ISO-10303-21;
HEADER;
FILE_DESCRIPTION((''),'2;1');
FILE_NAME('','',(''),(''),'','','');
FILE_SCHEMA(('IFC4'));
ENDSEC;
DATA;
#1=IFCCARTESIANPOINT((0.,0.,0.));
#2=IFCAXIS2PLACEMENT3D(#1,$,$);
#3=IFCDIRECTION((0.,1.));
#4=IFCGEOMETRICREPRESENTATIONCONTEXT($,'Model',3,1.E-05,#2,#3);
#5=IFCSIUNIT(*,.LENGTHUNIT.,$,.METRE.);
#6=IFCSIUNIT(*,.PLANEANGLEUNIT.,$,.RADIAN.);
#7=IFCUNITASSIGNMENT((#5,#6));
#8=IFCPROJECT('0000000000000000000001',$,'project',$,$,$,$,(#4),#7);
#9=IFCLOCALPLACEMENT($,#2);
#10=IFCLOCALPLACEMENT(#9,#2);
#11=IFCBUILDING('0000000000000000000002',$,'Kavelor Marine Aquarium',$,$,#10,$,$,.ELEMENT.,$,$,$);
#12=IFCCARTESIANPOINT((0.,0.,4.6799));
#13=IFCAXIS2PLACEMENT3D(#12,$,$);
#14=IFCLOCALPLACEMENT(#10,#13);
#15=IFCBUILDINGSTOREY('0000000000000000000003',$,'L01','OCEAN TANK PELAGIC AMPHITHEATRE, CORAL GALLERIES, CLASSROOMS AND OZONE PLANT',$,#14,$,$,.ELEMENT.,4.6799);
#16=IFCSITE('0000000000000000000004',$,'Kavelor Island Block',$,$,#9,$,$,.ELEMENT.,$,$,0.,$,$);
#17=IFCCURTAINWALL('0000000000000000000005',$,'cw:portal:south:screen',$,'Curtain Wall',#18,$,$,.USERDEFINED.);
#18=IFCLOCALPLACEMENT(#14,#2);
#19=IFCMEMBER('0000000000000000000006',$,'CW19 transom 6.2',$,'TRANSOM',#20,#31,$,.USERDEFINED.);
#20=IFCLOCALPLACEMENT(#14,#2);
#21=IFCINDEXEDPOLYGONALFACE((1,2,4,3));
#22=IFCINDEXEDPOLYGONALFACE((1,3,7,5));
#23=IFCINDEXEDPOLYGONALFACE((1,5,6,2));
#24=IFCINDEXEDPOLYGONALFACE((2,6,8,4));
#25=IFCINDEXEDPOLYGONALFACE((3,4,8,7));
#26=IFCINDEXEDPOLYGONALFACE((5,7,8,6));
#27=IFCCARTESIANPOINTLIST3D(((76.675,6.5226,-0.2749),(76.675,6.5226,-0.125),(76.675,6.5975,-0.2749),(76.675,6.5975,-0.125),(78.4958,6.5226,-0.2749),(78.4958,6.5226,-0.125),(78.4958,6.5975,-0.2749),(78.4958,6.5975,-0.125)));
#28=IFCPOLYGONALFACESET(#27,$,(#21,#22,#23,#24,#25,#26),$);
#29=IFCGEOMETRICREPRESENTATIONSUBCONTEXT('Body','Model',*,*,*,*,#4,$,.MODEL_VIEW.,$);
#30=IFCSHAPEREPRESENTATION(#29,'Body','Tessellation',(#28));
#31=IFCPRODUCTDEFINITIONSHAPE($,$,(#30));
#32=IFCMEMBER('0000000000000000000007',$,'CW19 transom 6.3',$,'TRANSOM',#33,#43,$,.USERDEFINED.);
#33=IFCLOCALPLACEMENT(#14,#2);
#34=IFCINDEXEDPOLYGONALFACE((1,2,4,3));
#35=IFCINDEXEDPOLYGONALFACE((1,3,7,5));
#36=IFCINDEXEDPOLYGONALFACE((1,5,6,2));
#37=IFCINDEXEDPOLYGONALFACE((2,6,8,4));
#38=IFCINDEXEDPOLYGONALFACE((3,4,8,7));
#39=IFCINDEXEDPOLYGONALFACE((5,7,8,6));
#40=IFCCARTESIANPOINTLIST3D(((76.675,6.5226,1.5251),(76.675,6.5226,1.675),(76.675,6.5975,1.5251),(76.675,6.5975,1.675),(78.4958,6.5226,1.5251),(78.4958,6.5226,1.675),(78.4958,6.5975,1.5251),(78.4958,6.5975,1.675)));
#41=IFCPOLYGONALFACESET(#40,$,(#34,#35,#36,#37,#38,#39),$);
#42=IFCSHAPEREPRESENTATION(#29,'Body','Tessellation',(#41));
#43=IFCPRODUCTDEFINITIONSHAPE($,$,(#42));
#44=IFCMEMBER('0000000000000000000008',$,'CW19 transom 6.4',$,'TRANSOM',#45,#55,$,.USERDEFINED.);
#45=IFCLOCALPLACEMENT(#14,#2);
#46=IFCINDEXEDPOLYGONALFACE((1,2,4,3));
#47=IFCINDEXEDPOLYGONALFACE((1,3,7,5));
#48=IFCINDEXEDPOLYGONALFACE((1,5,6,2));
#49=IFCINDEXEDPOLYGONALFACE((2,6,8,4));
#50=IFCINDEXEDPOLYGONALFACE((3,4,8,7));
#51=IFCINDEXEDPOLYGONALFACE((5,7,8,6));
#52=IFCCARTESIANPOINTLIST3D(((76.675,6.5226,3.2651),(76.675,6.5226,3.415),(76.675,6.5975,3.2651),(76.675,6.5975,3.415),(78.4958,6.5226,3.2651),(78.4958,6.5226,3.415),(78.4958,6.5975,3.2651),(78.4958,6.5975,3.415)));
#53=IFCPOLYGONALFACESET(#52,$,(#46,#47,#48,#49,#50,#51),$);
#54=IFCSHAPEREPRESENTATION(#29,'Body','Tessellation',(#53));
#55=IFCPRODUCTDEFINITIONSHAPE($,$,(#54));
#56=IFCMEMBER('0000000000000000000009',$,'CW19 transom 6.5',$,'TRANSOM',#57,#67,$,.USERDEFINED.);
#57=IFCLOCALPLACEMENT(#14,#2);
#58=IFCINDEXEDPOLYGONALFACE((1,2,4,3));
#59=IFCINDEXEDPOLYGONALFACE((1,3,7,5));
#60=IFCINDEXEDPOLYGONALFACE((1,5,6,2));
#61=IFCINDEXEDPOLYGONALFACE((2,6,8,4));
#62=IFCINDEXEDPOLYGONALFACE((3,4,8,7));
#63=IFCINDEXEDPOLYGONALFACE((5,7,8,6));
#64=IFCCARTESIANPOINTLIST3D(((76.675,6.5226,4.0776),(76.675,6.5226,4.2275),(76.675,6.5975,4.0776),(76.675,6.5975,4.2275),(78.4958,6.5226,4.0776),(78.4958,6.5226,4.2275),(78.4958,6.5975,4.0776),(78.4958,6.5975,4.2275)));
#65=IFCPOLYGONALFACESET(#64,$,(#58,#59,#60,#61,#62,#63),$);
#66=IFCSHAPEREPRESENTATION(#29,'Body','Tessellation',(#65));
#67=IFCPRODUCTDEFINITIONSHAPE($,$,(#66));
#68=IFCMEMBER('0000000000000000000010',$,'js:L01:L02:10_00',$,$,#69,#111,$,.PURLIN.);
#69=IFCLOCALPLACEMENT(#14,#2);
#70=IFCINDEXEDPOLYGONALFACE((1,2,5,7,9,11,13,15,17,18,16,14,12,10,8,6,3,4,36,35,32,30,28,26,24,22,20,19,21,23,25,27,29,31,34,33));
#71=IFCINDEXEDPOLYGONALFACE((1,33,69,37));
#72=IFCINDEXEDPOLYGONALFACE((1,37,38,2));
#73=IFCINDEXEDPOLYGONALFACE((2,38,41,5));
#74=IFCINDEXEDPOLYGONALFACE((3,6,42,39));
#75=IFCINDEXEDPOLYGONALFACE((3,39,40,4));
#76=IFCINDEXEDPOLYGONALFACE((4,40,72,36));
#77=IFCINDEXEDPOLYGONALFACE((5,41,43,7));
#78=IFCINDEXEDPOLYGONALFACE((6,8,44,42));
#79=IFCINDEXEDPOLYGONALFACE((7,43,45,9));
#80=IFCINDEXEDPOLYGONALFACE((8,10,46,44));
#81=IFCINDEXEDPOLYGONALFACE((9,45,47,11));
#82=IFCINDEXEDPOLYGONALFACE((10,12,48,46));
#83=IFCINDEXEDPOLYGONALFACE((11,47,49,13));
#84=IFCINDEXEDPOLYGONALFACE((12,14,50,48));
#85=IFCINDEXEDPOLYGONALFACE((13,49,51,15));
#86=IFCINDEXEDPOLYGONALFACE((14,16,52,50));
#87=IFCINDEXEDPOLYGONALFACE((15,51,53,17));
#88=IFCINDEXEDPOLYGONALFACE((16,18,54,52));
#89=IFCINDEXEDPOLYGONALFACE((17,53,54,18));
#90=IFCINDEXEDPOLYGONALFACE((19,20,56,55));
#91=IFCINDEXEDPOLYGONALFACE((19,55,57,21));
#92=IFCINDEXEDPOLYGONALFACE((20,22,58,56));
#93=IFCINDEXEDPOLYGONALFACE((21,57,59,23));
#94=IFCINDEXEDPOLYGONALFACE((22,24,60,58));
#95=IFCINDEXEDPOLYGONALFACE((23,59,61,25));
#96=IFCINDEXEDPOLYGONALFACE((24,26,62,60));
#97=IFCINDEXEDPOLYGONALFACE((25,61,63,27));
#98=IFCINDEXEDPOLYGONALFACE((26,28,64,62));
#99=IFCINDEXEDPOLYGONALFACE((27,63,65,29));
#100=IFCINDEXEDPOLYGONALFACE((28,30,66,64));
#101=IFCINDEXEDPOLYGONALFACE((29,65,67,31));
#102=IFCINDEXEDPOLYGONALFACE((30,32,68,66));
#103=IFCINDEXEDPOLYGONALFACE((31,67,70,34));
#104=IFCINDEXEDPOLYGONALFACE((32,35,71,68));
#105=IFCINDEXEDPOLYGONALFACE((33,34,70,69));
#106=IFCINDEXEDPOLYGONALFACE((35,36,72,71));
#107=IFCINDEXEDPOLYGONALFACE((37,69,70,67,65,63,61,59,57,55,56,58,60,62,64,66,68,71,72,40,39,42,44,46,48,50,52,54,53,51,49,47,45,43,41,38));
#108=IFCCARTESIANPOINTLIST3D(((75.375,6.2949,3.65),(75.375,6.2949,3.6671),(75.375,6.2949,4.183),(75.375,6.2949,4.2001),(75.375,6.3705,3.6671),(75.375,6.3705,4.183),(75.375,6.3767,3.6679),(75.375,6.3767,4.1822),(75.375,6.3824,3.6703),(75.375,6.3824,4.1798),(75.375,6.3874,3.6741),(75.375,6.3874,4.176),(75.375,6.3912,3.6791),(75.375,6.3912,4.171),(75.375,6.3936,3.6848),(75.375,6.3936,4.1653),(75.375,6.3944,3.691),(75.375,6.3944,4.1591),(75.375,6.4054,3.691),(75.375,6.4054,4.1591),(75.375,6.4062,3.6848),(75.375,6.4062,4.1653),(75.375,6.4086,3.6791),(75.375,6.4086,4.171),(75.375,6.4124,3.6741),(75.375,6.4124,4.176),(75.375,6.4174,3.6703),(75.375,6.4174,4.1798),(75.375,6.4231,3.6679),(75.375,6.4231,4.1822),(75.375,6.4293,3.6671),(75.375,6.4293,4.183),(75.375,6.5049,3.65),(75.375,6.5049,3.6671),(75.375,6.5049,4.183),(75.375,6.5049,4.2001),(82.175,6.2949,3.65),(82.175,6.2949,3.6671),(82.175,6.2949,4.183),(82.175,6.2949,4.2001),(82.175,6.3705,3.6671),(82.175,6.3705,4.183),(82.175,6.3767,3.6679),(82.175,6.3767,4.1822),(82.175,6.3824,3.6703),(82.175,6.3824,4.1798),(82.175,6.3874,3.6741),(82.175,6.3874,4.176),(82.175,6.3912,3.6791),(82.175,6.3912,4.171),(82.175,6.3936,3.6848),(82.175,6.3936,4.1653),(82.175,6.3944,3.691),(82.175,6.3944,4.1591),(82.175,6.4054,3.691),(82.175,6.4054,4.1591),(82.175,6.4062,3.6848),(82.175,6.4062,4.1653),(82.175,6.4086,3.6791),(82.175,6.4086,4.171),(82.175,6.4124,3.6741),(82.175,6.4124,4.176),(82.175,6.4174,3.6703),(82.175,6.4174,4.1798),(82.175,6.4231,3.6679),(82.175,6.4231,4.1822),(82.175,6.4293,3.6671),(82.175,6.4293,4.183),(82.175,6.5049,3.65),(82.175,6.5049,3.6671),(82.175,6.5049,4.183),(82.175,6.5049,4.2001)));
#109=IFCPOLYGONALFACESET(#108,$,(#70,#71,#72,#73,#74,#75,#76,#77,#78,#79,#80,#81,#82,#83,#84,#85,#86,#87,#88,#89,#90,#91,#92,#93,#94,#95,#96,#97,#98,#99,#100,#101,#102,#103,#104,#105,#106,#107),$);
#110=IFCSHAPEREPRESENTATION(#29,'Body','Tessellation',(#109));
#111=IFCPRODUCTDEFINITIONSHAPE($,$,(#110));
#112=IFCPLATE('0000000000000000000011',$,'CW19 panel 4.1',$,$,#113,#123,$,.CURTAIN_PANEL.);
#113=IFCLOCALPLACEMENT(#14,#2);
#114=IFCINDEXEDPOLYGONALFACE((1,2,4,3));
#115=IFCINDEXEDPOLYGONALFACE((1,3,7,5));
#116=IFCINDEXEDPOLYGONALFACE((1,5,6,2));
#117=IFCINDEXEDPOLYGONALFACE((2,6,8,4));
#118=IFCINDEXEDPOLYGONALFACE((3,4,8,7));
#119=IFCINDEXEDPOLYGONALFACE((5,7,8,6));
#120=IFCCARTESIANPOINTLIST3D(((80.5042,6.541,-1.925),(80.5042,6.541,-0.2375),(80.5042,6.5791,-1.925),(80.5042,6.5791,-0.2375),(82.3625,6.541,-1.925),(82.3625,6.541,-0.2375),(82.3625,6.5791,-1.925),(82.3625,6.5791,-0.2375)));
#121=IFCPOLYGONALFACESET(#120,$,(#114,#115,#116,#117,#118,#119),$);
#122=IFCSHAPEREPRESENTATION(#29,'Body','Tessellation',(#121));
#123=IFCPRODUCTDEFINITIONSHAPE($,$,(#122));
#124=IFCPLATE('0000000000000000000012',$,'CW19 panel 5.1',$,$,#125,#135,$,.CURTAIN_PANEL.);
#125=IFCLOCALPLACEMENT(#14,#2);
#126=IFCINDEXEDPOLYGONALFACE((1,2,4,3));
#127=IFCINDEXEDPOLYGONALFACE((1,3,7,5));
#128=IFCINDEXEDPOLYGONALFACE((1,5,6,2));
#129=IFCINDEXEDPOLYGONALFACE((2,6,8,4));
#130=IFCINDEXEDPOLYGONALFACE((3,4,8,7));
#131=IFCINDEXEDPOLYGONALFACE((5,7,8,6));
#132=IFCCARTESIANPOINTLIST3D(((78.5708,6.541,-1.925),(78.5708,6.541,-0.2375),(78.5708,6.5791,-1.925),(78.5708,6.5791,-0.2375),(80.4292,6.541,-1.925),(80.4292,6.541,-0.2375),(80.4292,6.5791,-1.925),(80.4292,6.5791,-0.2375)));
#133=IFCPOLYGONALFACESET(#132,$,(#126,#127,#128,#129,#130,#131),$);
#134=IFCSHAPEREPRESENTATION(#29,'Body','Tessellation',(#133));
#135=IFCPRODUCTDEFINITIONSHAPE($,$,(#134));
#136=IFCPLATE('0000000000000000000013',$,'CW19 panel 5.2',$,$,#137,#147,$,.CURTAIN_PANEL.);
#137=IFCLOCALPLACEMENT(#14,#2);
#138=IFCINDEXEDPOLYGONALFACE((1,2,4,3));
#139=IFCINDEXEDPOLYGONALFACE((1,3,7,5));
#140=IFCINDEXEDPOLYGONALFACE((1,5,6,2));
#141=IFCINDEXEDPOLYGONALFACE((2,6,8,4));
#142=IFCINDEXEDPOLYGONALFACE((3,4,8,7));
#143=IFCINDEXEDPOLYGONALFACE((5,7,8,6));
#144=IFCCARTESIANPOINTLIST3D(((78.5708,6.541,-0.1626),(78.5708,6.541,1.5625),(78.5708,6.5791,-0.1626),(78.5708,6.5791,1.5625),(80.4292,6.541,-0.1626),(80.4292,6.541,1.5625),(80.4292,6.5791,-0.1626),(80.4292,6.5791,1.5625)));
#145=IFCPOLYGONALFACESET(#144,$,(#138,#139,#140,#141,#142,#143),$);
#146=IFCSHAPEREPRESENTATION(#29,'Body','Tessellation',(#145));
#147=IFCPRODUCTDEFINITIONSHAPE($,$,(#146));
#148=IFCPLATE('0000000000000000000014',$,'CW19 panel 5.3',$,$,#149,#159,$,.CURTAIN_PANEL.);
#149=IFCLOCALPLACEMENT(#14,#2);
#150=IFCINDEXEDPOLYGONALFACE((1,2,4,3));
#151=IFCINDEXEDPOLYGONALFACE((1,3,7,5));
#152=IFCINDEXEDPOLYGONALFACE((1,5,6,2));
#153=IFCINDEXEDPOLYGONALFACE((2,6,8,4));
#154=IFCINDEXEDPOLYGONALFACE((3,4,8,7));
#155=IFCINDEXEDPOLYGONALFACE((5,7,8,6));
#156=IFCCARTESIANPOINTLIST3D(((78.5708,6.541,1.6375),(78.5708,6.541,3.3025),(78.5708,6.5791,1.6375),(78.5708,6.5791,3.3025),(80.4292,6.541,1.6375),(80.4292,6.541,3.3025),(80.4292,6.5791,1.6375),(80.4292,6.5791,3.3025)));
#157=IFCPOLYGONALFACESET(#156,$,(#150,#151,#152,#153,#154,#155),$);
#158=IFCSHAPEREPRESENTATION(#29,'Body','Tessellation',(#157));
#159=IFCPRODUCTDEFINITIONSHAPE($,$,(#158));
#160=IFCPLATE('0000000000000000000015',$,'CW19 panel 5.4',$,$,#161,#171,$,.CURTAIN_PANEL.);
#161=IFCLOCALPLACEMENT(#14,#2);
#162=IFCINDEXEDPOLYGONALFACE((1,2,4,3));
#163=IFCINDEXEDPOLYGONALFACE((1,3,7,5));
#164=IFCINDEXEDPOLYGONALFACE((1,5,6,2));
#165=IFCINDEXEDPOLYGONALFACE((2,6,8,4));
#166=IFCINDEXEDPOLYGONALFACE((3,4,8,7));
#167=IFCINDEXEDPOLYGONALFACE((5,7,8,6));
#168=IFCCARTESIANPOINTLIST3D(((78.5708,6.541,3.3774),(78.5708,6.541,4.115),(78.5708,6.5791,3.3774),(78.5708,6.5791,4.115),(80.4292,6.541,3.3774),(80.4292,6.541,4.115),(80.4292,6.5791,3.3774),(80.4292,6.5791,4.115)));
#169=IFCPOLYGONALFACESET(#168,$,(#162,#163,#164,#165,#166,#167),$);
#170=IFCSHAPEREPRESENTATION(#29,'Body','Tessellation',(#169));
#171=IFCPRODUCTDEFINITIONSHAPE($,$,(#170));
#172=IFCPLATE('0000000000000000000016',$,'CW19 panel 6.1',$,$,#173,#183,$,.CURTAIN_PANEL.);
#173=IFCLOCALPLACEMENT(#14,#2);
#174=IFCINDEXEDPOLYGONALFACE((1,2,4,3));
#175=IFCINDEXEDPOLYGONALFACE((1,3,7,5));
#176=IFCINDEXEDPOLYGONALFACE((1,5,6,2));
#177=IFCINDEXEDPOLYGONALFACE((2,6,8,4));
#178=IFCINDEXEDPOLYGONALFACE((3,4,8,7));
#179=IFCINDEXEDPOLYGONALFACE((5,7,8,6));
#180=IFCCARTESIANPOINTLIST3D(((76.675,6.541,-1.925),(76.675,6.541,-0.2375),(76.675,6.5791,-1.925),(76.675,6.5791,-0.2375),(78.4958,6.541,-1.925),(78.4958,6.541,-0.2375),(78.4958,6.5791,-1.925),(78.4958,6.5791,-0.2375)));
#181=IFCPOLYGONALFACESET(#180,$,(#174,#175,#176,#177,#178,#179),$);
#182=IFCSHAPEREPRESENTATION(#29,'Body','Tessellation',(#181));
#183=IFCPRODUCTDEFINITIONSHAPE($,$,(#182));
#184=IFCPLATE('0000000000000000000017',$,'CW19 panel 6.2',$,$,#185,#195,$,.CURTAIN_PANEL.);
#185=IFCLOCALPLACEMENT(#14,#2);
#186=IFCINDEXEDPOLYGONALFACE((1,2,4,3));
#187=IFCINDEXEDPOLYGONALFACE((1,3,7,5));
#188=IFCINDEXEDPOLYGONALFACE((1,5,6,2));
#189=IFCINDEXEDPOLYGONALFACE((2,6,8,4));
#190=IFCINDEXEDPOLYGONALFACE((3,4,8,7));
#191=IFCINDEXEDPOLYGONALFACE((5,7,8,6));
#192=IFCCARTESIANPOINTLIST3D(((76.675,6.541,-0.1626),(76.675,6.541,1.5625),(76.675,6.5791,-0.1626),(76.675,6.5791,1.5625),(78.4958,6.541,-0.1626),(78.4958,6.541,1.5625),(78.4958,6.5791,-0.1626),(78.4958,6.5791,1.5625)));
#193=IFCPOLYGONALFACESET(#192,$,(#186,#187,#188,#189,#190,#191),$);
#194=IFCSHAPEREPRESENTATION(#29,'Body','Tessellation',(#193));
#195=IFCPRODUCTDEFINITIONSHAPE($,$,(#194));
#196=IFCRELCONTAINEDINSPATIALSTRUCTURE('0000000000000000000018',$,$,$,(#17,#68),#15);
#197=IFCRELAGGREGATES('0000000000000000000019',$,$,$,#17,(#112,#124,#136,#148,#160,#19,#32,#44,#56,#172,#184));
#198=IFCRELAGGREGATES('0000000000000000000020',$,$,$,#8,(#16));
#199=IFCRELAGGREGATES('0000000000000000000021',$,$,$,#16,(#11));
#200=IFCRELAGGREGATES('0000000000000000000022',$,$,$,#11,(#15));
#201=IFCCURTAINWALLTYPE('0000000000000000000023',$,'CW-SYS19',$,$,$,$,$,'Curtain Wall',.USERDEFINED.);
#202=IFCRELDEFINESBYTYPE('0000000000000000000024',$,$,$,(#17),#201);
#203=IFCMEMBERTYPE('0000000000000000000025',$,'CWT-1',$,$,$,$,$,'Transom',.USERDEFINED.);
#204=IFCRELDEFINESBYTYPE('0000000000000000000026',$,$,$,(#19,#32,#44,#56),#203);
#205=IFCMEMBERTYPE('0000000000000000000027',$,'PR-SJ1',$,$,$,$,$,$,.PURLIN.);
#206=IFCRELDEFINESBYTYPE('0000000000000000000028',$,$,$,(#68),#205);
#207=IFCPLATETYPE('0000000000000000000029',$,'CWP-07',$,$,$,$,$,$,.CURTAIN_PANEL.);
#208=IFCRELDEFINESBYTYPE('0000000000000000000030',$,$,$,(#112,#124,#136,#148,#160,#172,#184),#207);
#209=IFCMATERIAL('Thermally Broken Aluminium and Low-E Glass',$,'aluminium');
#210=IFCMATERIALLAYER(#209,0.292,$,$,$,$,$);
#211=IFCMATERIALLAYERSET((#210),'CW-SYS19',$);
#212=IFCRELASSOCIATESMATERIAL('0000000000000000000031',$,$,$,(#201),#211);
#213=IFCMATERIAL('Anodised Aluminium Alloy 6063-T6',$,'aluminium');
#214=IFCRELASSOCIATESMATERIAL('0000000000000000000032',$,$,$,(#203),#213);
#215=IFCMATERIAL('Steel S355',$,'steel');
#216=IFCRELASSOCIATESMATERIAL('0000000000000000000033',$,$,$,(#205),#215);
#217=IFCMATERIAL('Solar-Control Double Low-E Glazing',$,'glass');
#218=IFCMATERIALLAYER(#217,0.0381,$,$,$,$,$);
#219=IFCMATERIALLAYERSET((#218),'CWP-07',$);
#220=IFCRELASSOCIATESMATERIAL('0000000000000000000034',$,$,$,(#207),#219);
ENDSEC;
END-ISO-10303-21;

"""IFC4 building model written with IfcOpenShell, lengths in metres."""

from ifc_helpers import new_model, si_unit, direction, frame, origin, origin_2d, place, context, subcontext, project, spatial, rectangle, i_section, extrude, material, layer, layer_set, material_profile, profile_set, type_object, element, aggregate, save


model = new_model("IFC4")

# Units and contexts
model_context = context("Model", 3, precision=1e-05, world=origin(), true_north=direction((0.0, 1.0)))
body_context = subcontext(model_context, "Body", "Model", "MODEL_VIEW")
ifc_project = project(units=[si_unit("LENGTHUNIT", "METRE"), si_unit("PLANEANGLEUNIT", "RADIAN")], contexts=[model_context])

# Site, building, storey
site_placement = place(None, origin())
site = spatial("IfcSite", under=ifc_project, at=site_placement, Name="Kavelor Island Block", CompositionType="ELEMENT", RefElevation=0.0)
building_placement = place(site_placement, origin())
building = spatial("IfcBuilding", under=site, at=building_placement, Name="Kavelor Marine Aquarium", CompositionType="ELEMENT")
storey_placement = place(building_placement, frame((0.0, 0.0, 4.6799)))
storey = spatial("IfcBuildingStorey", under=building, at=storey_placement, Name="L01", Description="OCEAN TANK PELAGIC AMPHITHEATRE, CORAL GALLERIES, CLASSROOMS AND OZONE PLANT", CompositionType="ELEMENT", Elevation=4.6799)

# Curtain wall, members
ifc_material_1 = material(Name="Thermally Broken Aluminium and Low-E Glass", Category="aluminium")
ifc_layer_1 = layer(ifc_material_1, 0.292)
ifc_layer_set_1 = layer_set([ifc_layer_1], Name="CW-SYS19")
curtain_wall_type = type_object("IfcCurtainWallType", Name="CW-SYS19", ElementType="Curtain Wall", PredefinedType="USERDEFINED", material=ifc_layer_set_1)
curtain_wall_placement = place(storey_placement, origin())
curtain_wall = element("IfcCurtainWall", 1, at=curtain_wall_placement, inside=storey, type_object=curtain_wall_type, Name="cw:portal:south:screen", ObjectType="Curtain Wall", PredefinedType="USERDEFINED")
ifc_material_2 = material(Name="Anodised Aluminium Alloy 6063-T6", Category="aluminium")
ifc_material_profile_1 = material_profile(ifc_material_2, rectangle(XDim=0.075, YDim=0.1499, at=origin_2d()), Name="CW-TRN 75x150")
ifc_profile_set_1 = profile_set([ifc_material_profile_1], Name="Anodised Aluminium Alloy 6063-T6")
member_type_1 = type_object("IfcMemberType", Name="CWT-1", ElementType="Transom", PredefinedType="USERDEFINED", material=ifc_profile_set_1)
member_1_placement = place(storey_placement, frame((78.4958, 6.5601, -0.2), z_axis=(-1.0, 0.0, 0.0), x_axis=(0.0, -1.0, 0.0)))
member_1 = element("IfcMember", 2, at=member_1_placement, type_object=member_type_1, Name="CW19 transom 6.2", ObjectType="TRANSOM", PredefinedType="USERDEFINED", context=body_context, shape_type="SweptSolid", body=[
    extrude(rectangle(XDim=0.075, YDim=0.1499, at=origin_2d()), origin(), (0.0, 0.0, 1.0), 1.8208),
])
member_2_placement = place(storey_placement, frame((78.4958, 6.5601, 1.6001), z_axis=(-1.0, 0.0, 0.0), x_axis=(0.0, -1.0, 0.0)))
member_2 = element("IfcMember", 3, at=member_2_placement, type_object=member_type_1, Name="CW19 transom 6.3", ObjectType="TRANSOM", PredefinedType="USERDEFINED", context=body_context, shape_type="SweptSolid", body=[
    extrude(rectangle(XDim=0.075, YDim=0.1499, at=origin_2d()), origin(), (0.0, 0.0, 1.0), 1.8208),
])
member_3_placement = place(storey_placement, frame((78.4958, 6.5601, 3.3401), z_axis=(-1.0, 0.0, 0.0), x_axis=(0.0, -1.0, 0.0)))
member_3 = element("IfcMember", 4, at=member_3_placement, type_object=member_type_1, Name="CW19 transom 6.4", ObjectType="TRANSOM", PredefinedType="USERDEFINED", context=body_context, shape_type="SweptSolid", body=[
    extrude(rectangle(XDim=0.075, YDim=0.1499, at=origin_2d()), origin(), (0.0, 0.0, 1.0), 1.8208),
])
member_4_placement = place(storey_placement, frame((78.4958, 6.5601, 4.1526), z_axis=(-1.0, 0.0, 0.0), x_axis=(0.0, -1.0, 0.0)))
member_4 = element("IfcMember", 5, at=member_4_placement, type_object=member_type_1, Name="CW19 transom 6.5", ObjectType="TRANSOM", PredefinedType="USERDEFINED", context=body_context, shape_type="SweptSolid", body=[
    extrude(rectangle(XDim=0.075, YDim=0.1499, at=origin_2d()), origin(), (0.0, 0.0, 1.0), 1.8208),
])

# Member
ifc_material_3 = material(Name="Steel S355", Category="steel")
ifc_material_profile_2 = material_profile(ifc_material_3, i_section(OverallWidth=0.21, OverallDepth=0.55, WebThickness=0.011, FlangeThickness=0.0171, FilletRadius=0.0239, at=origin_2d()), Name="IPE 550")
ifc_profile_set_2 = profile_set([ifc_material_profile_2], Name="Steel S355")
member_type_2 = type_object("IfcMemberType", Name="PR-SJ1", PredefinedType="PURLIN", material=ifc_profile_set_2)
member_5_placement = place(storey_placement, frame((75.375, 6.3999, 3.925), z_axis=(1.0, 0.0, 0.0), x_axis=(0.0, 1.0, 0.0)))
element("IfcMember", 6, at=member_5_placement, inside=storey, type_object=member_type_2, Name="js:L01:L02:10_00", PredefinedType="PURLIN", context=body_context, shape_type="SweptSolid", body=[
    extrude(i_section(OverallWidth=0.21, OverallDepth=0.55, WebThickness=0.011, FlangeThickness=0.0171, FilletRadius=0.0239, at=origin_2d()), origin(), (0.0, 0.0, 1.0), 6.8),
])

# Plates
ifc_material_4 = material(Name="Solar-Control Double Low-E Glazing", Category="glass")
ifc_layer_2 = layer(ifc_material_4, 0.0381)
ifc_layer_set_2 = layer_set([ifc_layer_2], Name="CWP-07")
plate_type = type_object("IfcPlateType", Name="CWP-07", PredefinedType="CURTAIN_PANEL", material=ifc_layer_set_2)
plate_1_placement = place(storey_placement, frame((81.4333, 6.5601, -1.925), z_axis=(0.0, 0.0, 1.0), x_axis=(-1.0, 0.0, 0.0)))
plate_1 = element("IfcPlate", 7, at=plate_1_placement, type_object=plate_type, Name="CW19 panel 4.1", PredefinedType="CURTAIN_PANEL", context=body_context, shape_type="SweptSolid", body=[
    extrude(rectangle(XDim=1.8584, YDim=0.0381, at=origin_2d()), origin(), (0.0, 0.0, 1.0), 1.6875),
])
plate_2_placement = place(storey_placement, frame((79.5, 6.5601, -1.925), z_axis=(0.0, 0.0, 1.0), x_axis=(-1.0, 0.0, 0.0)))
plate_2 = element("IfcPlate", 8, at=plate_2_placement, type_object=plate_type, Name="CW19 panel 5.1", PredefinedType="CURTAIN_PANEL", context=body_context, shape_type="SweptSolid", body=[
    extrude(rectangle(XDim=1.8584, YDim=0.0381, at=origin_2d()), origin(), (0.0, 0.0, 1.0), 1.6875),
])
plate_3_placement = place(storey_placement, frame((79.5, 6.5601, -0.1626), z_axis=(0.0, 0.0, 1.0), x_axis=(-1.0, 0.0, 0.0)))
plate_3 = element("IfcPlate", 9, at=plate_3_placement, type_object=plate_type, Name="CW19 panel 5.2", PredefinedType="CURTAIN_PANEL", context=body_context, shape_type="SweptSolid", body=[
    extrude(rectangle(XDim=1.8584, YDim=0.0381, at=origin_2d()), origin(), (0.0, 0.0, 1.0), 1.7251),
])
plate_4_placement = place(storey_placement, frame((79.5, 6.5601, 1.6375), z_axis=(0.0, 0.0, 1.0), x_axis=(-1.0, 0.0, 0.0)))
plate_4 = element("IfcPlate", 10, at=plate_4_placement, type_object=plate_type, Name="CW19 panel 5.3", PredefinedType="CURTAIN_PANEL", context=body_context, shape_type="SweptSolid", body=[
    extrude(rectangle(XDim=1.8584, YDim=0.0381, at=origin_2d()), origin(), (0.0, 0.0, 1.0), 1.665),
])
plate_5_placement = place(storey_placement, frame((79.5, 6.5601, 3.3774), z_axis=(0.0, 0.0, 1.0), x_axis=(-1.0, 0.0, 0.0)))
plate_5 = element("IfcPlate", 11, at=plate_5_placement, type_object=plate_type, Name="CW19 panel 5.4", PredefinedType="CURTAIN_PANEL", context=body_context, shape_type="SweptSolid", body=[
    extrude(rectangle(XDim=1.8584, YDim=0.0381, at=origin_2d()), origin(), (0.0, 0.0, 1.0), 0.7375),
])
plate_6_placement = place(storey_placement, frame((77.5854, 6.5601, -1.925), z_axis=(0.0, 0.0, 1.0), x_axis=(-1.0, 0.0, 0.0)))
plate_6 = element("IfcPlate", 12, at=plate_6_placement, type_object=plate_type, Name="CW19 panel 6.1", PredefinedType="CURTAIN_PANEL", context=body_context, shape_type="SweptSolid", body=[
    extrude(rectangle(XDim=1.8208, YDim=0.0381, at=origin_2d()), origin(), (0.0, 0.0, 1.0), 1.6875),
])
plate_7_placement = place(storey_placement, frame((77.5854, 6.5601, -0.1626), z_axis=(0.0, 0.0, 1.0), x_axis=(-1.0, 0.0, 0.0)))
plate_7 = element("IfcPlate", 13, at=plate_7_placement, type_object=plate_type, Name="CW19 panel 6.2", PredefinedType="CURTAIN_PANEL", context=body_context, shape_type="SweptSolid", body=[
    extrude(rectangle(XDim=1.8208, YDim=0.0381, at=origin_2d()), origin(), (0.0, 0.0, 1.0), 1.7251),
])
aggregate(curtain_wall, [plate_1, plate_2, plate_3, plate_4, plate_5, member_1, member_2, member_3, member_4, plate_6, plate_7])

save(model, "model.ifc")
